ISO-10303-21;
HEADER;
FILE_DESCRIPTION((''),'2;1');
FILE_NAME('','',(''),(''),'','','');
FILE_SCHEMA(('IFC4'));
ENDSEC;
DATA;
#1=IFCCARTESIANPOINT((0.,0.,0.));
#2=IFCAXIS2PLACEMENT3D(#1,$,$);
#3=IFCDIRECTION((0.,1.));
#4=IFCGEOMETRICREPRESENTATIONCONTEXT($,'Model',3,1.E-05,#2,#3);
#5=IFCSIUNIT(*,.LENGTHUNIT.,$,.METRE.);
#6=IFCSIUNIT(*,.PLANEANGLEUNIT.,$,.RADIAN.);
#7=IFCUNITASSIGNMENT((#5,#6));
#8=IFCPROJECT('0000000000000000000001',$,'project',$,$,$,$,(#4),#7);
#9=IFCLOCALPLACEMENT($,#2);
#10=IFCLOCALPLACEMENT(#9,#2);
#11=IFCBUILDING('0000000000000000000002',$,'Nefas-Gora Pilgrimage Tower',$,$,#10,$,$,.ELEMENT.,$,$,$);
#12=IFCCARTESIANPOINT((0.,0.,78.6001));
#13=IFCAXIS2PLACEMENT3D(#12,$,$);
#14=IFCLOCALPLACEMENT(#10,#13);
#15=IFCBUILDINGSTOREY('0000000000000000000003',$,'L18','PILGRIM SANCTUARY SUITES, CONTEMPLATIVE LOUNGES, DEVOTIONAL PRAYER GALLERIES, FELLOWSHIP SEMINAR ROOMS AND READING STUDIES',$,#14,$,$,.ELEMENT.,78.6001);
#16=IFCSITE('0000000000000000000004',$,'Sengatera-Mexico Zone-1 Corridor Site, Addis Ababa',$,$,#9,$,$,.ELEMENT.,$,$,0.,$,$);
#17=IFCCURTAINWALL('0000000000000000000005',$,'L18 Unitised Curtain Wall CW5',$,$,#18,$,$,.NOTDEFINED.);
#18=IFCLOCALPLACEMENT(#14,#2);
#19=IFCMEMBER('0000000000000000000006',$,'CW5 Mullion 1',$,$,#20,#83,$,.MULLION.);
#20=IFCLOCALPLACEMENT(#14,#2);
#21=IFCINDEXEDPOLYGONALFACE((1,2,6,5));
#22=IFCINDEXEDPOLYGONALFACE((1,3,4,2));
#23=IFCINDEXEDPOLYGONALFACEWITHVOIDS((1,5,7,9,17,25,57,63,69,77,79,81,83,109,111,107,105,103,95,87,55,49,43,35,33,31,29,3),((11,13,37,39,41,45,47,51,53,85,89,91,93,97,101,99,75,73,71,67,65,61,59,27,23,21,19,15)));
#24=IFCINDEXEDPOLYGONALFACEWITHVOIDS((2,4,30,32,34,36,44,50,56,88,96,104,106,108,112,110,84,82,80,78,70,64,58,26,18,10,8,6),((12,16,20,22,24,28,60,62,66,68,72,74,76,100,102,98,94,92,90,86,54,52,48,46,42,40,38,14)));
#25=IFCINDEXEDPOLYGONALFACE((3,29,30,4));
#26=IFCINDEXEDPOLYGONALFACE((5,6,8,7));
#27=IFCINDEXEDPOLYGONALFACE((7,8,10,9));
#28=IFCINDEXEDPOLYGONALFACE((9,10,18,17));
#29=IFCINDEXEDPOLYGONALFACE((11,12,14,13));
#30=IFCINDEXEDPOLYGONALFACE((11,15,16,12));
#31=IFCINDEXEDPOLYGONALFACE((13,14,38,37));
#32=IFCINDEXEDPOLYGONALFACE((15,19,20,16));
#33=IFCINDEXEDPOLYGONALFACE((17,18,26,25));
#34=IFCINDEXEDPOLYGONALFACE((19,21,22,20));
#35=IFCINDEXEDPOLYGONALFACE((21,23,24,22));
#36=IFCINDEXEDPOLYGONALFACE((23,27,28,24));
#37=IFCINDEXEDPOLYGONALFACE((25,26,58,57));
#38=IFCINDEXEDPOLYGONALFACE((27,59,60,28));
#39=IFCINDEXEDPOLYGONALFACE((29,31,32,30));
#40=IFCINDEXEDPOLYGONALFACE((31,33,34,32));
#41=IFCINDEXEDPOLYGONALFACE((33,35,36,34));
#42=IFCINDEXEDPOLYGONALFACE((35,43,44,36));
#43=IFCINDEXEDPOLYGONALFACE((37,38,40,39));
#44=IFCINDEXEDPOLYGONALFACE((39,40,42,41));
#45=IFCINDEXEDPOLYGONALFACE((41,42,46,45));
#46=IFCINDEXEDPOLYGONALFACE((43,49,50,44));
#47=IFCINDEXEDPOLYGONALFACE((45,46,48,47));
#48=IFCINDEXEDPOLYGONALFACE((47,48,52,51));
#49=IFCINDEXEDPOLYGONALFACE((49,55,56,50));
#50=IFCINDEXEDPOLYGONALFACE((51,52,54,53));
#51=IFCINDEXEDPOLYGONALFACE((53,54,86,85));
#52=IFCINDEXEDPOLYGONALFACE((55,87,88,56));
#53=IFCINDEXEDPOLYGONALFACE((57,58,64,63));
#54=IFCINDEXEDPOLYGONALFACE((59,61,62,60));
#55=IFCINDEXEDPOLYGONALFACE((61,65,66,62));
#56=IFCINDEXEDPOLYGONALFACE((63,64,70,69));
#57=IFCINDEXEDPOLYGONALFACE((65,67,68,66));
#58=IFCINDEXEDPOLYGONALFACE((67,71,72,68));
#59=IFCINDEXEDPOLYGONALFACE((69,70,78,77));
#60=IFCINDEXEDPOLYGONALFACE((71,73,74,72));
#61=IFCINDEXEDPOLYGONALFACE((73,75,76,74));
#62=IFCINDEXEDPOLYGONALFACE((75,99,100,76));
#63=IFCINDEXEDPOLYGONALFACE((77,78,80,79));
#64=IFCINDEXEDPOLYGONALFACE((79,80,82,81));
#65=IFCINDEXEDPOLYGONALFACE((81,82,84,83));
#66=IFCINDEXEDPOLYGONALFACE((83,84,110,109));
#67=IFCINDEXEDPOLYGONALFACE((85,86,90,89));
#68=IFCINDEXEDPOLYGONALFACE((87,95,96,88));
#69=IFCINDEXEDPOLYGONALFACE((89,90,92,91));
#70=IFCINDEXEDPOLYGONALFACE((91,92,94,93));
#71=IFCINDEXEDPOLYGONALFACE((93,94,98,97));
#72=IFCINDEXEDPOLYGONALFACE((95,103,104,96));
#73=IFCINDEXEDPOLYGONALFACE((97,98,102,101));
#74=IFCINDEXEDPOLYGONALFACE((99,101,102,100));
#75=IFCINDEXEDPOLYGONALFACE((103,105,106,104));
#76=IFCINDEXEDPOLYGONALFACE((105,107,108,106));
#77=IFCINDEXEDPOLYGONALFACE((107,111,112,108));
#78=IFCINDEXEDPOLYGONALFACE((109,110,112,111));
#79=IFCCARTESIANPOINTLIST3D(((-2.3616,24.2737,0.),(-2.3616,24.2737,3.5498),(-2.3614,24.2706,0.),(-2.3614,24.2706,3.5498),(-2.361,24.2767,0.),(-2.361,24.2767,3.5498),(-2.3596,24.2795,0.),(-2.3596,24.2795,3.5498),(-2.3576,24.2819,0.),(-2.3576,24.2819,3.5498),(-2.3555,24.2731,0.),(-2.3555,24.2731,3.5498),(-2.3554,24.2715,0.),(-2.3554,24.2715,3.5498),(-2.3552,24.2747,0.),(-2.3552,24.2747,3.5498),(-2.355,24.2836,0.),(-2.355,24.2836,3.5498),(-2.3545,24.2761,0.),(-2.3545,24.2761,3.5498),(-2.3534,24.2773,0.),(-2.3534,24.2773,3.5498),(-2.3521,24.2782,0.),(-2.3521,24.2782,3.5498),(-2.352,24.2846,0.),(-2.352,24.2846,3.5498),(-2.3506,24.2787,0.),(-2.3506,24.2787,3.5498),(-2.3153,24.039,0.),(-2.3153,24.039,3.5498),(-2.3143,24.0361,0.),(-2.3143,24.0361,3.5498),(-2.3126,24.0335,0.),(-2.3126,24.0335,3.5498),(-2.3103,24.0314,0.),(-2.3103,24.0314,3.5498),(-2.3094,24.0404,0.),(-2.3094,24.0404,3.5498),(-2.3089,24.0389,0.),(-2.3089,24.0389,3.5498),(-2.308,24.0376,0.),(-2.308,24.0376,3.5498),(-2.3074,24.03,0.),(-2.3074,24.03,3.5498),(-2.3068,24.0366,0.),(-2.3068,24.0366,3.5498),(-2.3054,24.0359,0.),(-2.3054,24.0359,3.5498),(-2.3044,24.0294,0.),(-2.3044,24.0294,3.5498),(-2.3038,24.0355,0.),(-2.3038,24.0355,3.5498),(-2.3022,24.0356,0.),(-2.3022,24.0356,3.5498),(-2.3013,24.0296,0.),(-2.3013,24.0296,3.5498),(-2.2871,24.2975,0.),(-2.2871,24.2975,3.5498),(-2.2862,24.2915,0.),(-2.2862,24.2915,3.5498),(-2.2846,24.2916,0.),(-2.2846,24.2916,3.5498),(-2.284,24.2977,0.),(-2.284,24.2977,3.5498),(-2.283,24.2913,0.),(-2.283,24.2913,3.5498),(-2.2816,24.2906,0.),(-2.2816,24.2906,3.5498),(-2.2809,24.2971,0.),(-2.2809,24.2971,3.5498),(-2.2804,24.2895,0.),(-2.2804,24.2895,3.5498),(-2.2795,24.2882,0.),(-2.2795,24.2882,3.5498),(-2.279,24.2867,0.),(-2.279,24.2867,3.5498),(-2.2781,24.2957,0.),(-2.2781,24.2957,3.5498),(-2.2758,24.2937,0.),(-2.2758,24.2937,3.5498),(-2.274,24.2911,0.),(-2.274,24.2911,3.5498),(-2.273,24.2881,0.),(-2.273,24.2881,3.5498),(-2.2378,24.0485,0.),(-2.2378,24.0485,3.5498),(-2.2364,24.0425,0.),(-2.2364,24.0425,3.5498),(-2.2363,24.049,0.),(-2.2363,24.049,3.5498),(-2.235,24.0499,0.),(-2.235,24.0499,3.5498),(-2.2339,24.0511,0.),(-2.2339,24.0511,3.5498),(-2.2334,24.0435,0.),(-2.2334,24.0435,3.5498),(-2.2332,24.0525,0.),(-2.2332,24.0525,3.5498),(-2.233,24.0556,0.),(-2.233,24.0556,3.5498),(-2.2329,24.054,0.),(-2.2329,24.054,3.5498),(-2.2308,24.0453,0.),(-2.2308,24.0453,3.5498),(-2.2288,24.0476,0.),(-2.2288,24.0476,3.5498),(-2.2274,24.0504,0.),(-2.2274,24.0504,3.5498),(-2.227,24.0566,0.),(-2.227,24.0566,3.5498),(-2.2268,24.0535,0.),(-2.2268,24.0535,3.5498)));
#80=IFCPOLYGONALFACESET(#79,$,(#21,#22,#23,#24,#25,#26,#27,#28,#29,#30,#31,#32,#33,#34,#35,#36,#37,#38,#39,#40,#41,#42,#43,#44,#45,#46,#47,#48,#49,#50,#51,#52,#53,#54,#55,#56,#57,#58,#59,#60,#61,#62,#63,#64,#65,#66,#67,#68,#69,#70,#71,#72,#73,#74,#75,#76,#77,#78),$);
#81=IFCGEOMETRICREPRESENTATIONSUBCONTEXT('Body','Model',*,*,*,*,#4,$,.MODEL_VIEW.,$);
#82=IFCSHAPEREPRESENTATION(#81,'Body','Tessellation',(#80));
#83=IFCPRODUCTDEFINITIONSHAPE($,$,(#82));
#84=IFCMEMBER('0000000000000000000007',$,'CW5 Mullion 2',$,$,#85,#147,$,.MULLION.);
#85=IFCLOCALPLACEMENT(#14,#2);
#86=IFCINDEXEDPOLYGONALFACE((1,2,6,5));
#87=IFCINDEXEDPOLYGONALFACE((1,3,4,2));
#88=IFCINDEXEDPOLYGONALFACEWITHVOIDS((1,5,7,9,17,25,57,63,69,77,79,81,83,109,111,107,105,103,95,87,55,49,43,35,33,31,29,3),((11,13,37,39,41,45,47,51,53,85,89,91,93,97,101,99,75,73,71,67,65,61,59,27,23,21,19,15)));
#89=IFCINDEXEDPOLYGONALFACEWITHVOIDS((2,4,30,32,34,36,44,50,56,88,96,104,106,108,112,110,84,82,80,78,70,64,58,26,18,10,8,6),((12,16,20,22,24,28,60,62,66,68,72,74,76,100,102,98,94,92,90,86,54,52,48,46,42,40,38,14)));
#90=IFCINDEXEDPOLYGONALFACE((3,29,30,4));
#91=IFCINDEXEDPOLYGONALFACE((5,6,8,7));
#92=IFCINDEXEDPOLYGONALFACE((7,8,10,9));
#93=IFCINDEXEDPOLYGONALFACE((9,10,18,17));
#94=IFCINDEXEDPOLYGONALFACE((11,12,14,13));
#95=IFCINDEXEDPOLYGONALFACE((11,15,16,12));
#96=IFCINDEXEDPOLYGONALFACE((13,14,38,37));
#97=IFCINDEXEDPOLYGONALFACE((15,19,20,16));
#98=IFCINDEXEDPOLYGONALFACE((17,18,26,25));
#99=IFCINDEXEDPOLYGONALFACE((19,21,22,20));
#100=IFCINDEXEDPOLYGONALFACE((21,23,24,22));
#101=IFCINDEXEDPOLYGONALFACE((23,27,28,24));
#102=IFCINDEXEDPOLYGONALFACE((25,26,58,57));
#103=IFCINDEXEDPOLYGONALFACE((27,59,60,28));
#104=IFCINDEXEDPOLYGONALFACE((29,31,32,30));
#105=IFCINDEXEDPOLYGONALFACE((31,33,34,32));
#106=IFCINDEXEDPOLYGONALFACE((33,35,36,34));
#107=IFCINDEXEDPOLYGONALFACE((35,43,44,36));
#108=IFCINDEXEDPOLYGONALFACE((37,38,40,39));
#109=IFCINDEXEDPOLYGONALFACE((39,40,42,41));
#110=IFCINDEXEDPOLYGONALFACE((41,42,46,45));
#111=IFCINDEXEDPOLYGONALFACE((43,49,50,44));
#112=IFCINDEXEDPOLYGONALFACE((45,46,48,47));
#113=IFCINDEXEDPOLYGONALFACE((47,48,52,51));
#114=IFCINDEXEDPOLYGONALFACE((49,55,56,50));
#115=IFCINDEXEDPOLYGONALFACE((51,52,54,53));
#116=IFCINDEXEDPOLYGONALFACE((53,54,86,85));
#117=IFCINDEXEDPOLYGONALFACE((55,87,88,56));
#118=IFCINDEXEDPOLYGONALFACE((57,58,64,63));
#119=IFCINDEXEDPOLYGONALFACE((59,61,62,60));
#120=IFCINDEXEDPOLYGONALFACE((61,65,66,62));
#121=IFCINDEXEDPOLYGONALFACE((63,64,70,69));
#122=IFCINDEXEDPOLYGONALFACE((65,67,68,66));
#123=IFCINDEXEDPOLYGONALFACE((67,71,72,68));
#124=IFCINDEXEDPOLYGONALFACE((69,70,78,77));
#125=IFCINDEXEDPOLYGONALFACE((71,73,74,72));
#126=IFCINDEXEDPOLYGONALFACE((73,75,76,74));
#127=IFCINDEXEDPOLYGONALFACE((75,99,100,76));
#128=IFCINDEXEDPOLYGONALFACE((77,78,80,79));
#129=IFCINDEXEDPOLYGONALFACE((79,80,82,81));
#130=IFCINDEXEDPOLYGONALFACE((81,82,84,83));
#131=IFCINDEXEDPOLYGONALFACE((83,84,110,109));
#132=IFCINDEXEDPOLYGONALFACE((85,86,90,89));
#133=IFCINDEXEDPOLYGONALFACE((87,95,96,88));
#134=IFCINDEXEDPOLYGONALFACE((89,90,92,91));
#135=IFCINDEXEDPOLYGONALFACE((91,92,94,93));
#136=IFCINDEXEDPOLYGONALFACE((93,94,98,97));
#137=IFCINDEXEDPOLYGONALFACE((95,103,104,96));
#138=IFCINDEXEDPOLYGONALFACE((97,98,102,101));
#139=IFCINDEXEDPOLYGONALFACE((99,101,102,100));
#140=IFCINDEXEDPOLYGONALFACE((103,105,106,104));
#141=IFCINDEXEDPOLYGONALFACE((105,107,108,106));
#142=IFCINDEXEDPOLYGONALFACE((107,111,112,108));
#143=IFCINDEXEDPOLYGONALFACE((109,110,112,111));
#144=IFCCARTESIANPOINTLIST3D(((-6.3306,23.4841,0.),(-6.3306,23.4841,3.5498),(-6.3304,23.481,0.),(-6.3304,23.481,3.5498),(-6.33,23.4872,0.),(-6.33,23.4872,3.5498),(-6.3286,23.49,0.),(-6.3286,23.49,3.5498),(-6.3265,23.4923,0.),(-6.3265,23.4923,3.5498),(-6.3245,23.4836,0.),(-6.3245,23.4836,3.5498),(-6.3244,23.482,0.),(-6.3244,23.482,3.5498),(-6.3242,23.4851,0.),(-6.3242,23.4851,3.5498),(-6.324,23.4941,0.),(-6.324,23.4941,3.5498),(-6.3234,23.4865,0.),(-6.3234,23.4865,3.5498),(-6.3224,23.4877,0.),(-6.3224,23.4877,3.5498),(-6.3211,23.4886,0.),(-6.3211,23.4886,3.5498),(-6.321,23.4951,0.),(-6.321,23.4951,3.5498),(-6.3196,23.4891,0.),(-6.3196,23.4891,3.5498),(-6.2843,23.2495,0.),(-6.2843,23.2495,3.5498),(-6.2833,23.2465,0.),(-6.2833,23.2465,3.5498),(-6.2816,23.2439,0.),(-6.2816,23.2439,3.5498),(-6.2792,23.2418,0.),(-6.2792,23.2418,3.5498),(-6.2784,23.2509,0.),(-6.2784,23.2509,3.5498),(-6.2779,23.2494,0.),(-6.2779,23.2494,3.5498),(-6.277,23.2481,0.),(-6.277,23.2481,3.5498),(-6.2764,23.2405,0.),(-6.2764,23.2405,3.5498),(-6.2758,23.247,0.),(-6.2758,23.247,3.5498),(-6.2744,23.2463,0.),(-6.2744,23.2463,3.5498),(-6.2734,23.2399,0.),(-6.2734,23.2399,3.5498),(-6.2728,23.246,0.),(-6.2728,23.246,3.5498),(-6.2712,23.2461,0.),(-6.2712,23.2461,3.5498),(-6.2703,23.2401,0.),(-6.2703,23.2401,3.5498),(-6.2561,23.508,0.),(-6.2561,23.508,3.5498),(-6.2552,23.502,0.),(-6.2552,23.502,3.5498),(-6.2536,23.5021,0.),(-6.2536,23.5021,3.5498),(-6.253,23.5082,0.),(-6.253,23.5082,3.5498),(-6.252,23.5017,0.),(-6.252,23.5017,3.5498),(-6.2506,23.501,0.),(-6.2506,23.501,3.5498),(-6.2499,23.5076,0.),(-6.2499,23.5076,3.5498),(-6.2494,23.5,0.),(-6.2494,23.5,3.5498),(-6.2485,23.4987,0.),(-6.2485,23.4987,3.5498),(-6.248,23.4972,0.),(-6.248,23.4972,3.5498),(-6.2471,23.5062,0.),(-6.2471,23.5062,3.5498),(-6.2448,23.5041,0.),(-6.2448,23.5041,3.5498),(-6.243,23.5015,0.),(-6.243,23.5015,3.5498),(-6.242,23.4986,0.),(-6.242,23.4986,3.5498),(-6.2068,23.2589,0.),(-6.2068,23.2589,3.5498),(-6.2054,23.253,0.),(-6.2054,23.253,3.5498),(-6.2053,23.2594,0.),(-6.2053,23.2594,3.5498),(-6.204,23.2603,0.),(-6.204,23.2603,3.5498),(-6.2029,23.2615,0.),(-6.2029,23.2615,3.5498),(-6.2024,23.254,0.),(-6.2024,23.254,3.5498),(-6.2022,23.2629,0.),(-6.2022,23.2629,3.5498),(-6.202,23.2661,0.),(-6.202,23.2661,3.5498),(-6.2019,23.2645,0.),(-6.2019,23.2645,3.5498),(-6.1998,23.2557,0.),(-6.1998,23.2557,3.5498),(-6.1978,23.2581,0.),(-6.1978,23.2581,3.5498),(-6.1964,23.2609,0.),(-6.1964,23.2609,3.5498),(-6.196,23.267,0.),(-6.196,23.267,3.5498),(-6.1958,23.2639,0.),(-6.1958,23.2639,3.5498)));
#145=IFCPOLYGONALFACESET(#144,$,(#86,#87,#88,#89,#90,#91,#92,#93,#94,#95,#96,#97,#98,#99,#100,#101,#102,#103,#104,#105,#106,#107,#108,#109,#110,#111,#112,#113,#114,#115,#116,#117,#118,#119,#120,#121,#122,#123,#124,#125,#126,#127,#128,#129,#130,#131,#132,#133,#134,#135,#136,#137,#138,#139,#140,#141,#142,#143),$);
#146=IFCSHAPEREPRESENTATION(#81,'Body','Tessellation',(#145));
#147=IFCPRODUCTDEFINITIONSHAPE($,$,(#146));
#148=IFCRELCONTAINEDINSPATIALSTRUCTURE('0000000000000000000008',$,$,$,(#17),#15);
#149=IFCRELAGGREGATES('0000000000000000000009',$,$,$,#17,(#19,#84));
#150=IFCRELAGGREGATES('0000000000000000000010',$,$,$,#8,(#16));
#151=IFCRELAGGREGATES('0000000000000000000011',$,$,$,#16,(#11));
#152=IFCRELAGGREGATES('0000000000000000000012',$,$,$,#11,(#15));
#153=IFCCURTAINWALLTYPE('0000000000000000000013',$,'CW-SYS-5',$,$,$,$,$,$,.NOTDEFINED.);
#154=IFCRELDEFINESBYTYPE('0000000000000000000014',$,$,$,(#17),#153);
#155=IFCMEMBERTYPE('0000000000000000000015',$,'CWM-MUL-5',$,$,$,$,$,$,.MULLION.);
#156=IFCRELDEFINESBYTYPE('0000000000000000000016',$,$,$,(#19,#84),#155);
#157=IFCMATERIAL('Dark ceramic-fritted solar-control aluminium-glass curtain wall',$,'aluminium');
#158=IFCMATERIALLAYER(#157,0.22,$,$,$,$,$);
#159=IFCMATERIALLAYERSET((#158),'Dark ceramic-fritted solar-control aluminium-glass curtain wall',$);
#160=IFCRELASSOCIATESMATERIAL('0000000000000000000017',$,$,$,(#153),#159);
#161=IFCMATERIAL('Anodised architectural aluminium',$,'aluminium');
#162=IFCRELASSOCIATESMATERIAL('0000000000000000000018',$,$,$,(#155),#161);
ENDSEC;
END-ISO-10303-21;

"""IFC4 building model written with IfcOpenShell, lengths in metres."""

from ifc_helpers import new_model, si_unit, direction, frame, origin, origin_2d, place, context, subcontext, project, spatial, hollow_rectangle, extrude, source, transform, mapped, material, layer, layer_set, material_profile, profile_set, type_object, element, aggregate, save


model = new_model("IFC4")

# Units and contexts
model_context = context("Model", 3, precision=1e-05, world=origin(), true_north=direction((0.0, 1.0)))
body_context = subcontext(model_context, "Body", "Model", "MODEL_VIEW")
ifc_project = project(units=[si_unit("LENGTHUNIT", "METRE"), si_unit("PLANEANGLEUNIT", "RADIAN")], contexts=[model_context])

# Site, building, storey
site_placement = place(None, origin())
site = spatial("IfcSite", under=ifc_project, at=site_placement, Name="Sengatera-Mexico Zone-1 Corridor Site, Addis Ababa", CompositionType="ELEMENT", RefElevation=0.0)
building_placement = place(site_placement, origin())
building = spatial("IfcBuilding", under=site, at=building_placement, Name="Nefas-Gora Pilgrimage Tower", CompositionType="ELEMENT")
storey_placement = place(building_placement, frame((0.0, 0.0, 78.6001)))
storey = spatial("IfcBuildingStorey", under=building, at=storey_placement, Name="L18", Description="PILGRIM SANCTUARY SUITES, CONTEMPLATIVE LOUNGES, DEVOTIONAL PRAYER GALLERIES, FELLOWSHIP SEMINAR ROOMS AND READING STUDIES", CompositionType="ELEMENT", Elevation=78.6001)

# Shared definitions
ifc_material_1 = material(Name="Dark ceramic-fritted solar-control aluminium-glass curtain wall", Category="aluminium")
ifc_layer_1 = layer(ifc_material_1, 0.22)
ifc_layer_set_1 = layer_set([ifc_layer_1], Name="Dark ceramic-fritted solar-control aluminium-glass curtain wall")
curtain_wall_type = type_object("IfcCurtainWallType", Name="CW-SYS-5", PredefinedType="NOTDEFINED", material=ifc_layer_set_1)
ifc_material_2 = material(Name="Anodised architectural aluminium", Category="aluminium")

# Curtain wall, members
curtain_wall_1_placement = place(storey_placement, origin())
curtain_wall_1 = element("IfcCurtainWall", 1, at=curtain_wall_1_placement, inside=storey, type_object=curtain_wall_type, Name="L18 Unitised Curtain Wall CW5", PredefinedType="NOTDEFINED")
ifc_material_profile_1 = material_profile(ifc_material_2, hollow_rectangle(XDim=0.0901, YDim=0.26, WallThickness=0.0061, InnerFilletRadius=0.0061, OuterFilletRadius=0.012, at=origin_2d()), Name="ALU MULLION 90x260")
ifc_profile_set_1 = profile_set([ifc_material_profile_1], Name="Anodised architectural aluminium")
member_type_1 = type_object("IfcMemberType", Name="CWM-MUL-5", PredefinedType="MULLION", material=ifc_profile_set_1)
shared_shape_1 = source(origin(), body_context, "Body", "SweptSolid", [
    extrude(hollow_rectangle(XDim=0.0901, YDim=0.26, WallThickness=0.0061, InnerFilletRadius=0.0061, OuterFilletRadius=0.012, at=origin_2d()), origin(), (0.0, 0.0, 1.0), 3.5498),
])
member_1_placement = place(storey_placement, frame((-2.2942, 24.1636, 0.0), z_axis=(0.0, 0.0, 1.0), x_axis=(-0.980783, -0.195102, 0.0)))
member_1 = element("IfcMember", 2, at=member_1_placement, type_object=member_type_1, Name="CW5 Mullion 1", PredefinedType="MULLION", context=body_context, shape_type="MappedRepresentation", body=[
    mapped(shared_shape_1, transform((0.0, 0.0, 0.0), x_axis=(1.0, 0.0, 0.0), y_axis=(0.0, 1.0, 0.0), z_axis=(0.0, 0.0, 1.0), scale=1.0)),
])
member_2_placement = place(storey_placement, frame((-6.2632, 23.374, 0.0), z_axis=(0.0, 0.0, 1.0), x_axis=(-0.980783, -0.195102, 0.0)))
member_2 = element("IfcMember", 3, at=member_2_placement, type_object=member_type_1, Name="CW5 Mullion 2", PredefinedType="MULLION", context=body_context, shape_type="MappedRepresentation", body=[
    mapped(shared_shape_1, transform((0.0, 0.0, 0.0), x_axis=(1.0, 0.0, 0.0), y_axis=(0.0, 1.0, 0.0), z_axis=(0.0, 0.0, 1.0), scale=1.0)),
])

aggregate(curtain_wall_1, [member_1, member_2])

save(model, "model.ifc")
